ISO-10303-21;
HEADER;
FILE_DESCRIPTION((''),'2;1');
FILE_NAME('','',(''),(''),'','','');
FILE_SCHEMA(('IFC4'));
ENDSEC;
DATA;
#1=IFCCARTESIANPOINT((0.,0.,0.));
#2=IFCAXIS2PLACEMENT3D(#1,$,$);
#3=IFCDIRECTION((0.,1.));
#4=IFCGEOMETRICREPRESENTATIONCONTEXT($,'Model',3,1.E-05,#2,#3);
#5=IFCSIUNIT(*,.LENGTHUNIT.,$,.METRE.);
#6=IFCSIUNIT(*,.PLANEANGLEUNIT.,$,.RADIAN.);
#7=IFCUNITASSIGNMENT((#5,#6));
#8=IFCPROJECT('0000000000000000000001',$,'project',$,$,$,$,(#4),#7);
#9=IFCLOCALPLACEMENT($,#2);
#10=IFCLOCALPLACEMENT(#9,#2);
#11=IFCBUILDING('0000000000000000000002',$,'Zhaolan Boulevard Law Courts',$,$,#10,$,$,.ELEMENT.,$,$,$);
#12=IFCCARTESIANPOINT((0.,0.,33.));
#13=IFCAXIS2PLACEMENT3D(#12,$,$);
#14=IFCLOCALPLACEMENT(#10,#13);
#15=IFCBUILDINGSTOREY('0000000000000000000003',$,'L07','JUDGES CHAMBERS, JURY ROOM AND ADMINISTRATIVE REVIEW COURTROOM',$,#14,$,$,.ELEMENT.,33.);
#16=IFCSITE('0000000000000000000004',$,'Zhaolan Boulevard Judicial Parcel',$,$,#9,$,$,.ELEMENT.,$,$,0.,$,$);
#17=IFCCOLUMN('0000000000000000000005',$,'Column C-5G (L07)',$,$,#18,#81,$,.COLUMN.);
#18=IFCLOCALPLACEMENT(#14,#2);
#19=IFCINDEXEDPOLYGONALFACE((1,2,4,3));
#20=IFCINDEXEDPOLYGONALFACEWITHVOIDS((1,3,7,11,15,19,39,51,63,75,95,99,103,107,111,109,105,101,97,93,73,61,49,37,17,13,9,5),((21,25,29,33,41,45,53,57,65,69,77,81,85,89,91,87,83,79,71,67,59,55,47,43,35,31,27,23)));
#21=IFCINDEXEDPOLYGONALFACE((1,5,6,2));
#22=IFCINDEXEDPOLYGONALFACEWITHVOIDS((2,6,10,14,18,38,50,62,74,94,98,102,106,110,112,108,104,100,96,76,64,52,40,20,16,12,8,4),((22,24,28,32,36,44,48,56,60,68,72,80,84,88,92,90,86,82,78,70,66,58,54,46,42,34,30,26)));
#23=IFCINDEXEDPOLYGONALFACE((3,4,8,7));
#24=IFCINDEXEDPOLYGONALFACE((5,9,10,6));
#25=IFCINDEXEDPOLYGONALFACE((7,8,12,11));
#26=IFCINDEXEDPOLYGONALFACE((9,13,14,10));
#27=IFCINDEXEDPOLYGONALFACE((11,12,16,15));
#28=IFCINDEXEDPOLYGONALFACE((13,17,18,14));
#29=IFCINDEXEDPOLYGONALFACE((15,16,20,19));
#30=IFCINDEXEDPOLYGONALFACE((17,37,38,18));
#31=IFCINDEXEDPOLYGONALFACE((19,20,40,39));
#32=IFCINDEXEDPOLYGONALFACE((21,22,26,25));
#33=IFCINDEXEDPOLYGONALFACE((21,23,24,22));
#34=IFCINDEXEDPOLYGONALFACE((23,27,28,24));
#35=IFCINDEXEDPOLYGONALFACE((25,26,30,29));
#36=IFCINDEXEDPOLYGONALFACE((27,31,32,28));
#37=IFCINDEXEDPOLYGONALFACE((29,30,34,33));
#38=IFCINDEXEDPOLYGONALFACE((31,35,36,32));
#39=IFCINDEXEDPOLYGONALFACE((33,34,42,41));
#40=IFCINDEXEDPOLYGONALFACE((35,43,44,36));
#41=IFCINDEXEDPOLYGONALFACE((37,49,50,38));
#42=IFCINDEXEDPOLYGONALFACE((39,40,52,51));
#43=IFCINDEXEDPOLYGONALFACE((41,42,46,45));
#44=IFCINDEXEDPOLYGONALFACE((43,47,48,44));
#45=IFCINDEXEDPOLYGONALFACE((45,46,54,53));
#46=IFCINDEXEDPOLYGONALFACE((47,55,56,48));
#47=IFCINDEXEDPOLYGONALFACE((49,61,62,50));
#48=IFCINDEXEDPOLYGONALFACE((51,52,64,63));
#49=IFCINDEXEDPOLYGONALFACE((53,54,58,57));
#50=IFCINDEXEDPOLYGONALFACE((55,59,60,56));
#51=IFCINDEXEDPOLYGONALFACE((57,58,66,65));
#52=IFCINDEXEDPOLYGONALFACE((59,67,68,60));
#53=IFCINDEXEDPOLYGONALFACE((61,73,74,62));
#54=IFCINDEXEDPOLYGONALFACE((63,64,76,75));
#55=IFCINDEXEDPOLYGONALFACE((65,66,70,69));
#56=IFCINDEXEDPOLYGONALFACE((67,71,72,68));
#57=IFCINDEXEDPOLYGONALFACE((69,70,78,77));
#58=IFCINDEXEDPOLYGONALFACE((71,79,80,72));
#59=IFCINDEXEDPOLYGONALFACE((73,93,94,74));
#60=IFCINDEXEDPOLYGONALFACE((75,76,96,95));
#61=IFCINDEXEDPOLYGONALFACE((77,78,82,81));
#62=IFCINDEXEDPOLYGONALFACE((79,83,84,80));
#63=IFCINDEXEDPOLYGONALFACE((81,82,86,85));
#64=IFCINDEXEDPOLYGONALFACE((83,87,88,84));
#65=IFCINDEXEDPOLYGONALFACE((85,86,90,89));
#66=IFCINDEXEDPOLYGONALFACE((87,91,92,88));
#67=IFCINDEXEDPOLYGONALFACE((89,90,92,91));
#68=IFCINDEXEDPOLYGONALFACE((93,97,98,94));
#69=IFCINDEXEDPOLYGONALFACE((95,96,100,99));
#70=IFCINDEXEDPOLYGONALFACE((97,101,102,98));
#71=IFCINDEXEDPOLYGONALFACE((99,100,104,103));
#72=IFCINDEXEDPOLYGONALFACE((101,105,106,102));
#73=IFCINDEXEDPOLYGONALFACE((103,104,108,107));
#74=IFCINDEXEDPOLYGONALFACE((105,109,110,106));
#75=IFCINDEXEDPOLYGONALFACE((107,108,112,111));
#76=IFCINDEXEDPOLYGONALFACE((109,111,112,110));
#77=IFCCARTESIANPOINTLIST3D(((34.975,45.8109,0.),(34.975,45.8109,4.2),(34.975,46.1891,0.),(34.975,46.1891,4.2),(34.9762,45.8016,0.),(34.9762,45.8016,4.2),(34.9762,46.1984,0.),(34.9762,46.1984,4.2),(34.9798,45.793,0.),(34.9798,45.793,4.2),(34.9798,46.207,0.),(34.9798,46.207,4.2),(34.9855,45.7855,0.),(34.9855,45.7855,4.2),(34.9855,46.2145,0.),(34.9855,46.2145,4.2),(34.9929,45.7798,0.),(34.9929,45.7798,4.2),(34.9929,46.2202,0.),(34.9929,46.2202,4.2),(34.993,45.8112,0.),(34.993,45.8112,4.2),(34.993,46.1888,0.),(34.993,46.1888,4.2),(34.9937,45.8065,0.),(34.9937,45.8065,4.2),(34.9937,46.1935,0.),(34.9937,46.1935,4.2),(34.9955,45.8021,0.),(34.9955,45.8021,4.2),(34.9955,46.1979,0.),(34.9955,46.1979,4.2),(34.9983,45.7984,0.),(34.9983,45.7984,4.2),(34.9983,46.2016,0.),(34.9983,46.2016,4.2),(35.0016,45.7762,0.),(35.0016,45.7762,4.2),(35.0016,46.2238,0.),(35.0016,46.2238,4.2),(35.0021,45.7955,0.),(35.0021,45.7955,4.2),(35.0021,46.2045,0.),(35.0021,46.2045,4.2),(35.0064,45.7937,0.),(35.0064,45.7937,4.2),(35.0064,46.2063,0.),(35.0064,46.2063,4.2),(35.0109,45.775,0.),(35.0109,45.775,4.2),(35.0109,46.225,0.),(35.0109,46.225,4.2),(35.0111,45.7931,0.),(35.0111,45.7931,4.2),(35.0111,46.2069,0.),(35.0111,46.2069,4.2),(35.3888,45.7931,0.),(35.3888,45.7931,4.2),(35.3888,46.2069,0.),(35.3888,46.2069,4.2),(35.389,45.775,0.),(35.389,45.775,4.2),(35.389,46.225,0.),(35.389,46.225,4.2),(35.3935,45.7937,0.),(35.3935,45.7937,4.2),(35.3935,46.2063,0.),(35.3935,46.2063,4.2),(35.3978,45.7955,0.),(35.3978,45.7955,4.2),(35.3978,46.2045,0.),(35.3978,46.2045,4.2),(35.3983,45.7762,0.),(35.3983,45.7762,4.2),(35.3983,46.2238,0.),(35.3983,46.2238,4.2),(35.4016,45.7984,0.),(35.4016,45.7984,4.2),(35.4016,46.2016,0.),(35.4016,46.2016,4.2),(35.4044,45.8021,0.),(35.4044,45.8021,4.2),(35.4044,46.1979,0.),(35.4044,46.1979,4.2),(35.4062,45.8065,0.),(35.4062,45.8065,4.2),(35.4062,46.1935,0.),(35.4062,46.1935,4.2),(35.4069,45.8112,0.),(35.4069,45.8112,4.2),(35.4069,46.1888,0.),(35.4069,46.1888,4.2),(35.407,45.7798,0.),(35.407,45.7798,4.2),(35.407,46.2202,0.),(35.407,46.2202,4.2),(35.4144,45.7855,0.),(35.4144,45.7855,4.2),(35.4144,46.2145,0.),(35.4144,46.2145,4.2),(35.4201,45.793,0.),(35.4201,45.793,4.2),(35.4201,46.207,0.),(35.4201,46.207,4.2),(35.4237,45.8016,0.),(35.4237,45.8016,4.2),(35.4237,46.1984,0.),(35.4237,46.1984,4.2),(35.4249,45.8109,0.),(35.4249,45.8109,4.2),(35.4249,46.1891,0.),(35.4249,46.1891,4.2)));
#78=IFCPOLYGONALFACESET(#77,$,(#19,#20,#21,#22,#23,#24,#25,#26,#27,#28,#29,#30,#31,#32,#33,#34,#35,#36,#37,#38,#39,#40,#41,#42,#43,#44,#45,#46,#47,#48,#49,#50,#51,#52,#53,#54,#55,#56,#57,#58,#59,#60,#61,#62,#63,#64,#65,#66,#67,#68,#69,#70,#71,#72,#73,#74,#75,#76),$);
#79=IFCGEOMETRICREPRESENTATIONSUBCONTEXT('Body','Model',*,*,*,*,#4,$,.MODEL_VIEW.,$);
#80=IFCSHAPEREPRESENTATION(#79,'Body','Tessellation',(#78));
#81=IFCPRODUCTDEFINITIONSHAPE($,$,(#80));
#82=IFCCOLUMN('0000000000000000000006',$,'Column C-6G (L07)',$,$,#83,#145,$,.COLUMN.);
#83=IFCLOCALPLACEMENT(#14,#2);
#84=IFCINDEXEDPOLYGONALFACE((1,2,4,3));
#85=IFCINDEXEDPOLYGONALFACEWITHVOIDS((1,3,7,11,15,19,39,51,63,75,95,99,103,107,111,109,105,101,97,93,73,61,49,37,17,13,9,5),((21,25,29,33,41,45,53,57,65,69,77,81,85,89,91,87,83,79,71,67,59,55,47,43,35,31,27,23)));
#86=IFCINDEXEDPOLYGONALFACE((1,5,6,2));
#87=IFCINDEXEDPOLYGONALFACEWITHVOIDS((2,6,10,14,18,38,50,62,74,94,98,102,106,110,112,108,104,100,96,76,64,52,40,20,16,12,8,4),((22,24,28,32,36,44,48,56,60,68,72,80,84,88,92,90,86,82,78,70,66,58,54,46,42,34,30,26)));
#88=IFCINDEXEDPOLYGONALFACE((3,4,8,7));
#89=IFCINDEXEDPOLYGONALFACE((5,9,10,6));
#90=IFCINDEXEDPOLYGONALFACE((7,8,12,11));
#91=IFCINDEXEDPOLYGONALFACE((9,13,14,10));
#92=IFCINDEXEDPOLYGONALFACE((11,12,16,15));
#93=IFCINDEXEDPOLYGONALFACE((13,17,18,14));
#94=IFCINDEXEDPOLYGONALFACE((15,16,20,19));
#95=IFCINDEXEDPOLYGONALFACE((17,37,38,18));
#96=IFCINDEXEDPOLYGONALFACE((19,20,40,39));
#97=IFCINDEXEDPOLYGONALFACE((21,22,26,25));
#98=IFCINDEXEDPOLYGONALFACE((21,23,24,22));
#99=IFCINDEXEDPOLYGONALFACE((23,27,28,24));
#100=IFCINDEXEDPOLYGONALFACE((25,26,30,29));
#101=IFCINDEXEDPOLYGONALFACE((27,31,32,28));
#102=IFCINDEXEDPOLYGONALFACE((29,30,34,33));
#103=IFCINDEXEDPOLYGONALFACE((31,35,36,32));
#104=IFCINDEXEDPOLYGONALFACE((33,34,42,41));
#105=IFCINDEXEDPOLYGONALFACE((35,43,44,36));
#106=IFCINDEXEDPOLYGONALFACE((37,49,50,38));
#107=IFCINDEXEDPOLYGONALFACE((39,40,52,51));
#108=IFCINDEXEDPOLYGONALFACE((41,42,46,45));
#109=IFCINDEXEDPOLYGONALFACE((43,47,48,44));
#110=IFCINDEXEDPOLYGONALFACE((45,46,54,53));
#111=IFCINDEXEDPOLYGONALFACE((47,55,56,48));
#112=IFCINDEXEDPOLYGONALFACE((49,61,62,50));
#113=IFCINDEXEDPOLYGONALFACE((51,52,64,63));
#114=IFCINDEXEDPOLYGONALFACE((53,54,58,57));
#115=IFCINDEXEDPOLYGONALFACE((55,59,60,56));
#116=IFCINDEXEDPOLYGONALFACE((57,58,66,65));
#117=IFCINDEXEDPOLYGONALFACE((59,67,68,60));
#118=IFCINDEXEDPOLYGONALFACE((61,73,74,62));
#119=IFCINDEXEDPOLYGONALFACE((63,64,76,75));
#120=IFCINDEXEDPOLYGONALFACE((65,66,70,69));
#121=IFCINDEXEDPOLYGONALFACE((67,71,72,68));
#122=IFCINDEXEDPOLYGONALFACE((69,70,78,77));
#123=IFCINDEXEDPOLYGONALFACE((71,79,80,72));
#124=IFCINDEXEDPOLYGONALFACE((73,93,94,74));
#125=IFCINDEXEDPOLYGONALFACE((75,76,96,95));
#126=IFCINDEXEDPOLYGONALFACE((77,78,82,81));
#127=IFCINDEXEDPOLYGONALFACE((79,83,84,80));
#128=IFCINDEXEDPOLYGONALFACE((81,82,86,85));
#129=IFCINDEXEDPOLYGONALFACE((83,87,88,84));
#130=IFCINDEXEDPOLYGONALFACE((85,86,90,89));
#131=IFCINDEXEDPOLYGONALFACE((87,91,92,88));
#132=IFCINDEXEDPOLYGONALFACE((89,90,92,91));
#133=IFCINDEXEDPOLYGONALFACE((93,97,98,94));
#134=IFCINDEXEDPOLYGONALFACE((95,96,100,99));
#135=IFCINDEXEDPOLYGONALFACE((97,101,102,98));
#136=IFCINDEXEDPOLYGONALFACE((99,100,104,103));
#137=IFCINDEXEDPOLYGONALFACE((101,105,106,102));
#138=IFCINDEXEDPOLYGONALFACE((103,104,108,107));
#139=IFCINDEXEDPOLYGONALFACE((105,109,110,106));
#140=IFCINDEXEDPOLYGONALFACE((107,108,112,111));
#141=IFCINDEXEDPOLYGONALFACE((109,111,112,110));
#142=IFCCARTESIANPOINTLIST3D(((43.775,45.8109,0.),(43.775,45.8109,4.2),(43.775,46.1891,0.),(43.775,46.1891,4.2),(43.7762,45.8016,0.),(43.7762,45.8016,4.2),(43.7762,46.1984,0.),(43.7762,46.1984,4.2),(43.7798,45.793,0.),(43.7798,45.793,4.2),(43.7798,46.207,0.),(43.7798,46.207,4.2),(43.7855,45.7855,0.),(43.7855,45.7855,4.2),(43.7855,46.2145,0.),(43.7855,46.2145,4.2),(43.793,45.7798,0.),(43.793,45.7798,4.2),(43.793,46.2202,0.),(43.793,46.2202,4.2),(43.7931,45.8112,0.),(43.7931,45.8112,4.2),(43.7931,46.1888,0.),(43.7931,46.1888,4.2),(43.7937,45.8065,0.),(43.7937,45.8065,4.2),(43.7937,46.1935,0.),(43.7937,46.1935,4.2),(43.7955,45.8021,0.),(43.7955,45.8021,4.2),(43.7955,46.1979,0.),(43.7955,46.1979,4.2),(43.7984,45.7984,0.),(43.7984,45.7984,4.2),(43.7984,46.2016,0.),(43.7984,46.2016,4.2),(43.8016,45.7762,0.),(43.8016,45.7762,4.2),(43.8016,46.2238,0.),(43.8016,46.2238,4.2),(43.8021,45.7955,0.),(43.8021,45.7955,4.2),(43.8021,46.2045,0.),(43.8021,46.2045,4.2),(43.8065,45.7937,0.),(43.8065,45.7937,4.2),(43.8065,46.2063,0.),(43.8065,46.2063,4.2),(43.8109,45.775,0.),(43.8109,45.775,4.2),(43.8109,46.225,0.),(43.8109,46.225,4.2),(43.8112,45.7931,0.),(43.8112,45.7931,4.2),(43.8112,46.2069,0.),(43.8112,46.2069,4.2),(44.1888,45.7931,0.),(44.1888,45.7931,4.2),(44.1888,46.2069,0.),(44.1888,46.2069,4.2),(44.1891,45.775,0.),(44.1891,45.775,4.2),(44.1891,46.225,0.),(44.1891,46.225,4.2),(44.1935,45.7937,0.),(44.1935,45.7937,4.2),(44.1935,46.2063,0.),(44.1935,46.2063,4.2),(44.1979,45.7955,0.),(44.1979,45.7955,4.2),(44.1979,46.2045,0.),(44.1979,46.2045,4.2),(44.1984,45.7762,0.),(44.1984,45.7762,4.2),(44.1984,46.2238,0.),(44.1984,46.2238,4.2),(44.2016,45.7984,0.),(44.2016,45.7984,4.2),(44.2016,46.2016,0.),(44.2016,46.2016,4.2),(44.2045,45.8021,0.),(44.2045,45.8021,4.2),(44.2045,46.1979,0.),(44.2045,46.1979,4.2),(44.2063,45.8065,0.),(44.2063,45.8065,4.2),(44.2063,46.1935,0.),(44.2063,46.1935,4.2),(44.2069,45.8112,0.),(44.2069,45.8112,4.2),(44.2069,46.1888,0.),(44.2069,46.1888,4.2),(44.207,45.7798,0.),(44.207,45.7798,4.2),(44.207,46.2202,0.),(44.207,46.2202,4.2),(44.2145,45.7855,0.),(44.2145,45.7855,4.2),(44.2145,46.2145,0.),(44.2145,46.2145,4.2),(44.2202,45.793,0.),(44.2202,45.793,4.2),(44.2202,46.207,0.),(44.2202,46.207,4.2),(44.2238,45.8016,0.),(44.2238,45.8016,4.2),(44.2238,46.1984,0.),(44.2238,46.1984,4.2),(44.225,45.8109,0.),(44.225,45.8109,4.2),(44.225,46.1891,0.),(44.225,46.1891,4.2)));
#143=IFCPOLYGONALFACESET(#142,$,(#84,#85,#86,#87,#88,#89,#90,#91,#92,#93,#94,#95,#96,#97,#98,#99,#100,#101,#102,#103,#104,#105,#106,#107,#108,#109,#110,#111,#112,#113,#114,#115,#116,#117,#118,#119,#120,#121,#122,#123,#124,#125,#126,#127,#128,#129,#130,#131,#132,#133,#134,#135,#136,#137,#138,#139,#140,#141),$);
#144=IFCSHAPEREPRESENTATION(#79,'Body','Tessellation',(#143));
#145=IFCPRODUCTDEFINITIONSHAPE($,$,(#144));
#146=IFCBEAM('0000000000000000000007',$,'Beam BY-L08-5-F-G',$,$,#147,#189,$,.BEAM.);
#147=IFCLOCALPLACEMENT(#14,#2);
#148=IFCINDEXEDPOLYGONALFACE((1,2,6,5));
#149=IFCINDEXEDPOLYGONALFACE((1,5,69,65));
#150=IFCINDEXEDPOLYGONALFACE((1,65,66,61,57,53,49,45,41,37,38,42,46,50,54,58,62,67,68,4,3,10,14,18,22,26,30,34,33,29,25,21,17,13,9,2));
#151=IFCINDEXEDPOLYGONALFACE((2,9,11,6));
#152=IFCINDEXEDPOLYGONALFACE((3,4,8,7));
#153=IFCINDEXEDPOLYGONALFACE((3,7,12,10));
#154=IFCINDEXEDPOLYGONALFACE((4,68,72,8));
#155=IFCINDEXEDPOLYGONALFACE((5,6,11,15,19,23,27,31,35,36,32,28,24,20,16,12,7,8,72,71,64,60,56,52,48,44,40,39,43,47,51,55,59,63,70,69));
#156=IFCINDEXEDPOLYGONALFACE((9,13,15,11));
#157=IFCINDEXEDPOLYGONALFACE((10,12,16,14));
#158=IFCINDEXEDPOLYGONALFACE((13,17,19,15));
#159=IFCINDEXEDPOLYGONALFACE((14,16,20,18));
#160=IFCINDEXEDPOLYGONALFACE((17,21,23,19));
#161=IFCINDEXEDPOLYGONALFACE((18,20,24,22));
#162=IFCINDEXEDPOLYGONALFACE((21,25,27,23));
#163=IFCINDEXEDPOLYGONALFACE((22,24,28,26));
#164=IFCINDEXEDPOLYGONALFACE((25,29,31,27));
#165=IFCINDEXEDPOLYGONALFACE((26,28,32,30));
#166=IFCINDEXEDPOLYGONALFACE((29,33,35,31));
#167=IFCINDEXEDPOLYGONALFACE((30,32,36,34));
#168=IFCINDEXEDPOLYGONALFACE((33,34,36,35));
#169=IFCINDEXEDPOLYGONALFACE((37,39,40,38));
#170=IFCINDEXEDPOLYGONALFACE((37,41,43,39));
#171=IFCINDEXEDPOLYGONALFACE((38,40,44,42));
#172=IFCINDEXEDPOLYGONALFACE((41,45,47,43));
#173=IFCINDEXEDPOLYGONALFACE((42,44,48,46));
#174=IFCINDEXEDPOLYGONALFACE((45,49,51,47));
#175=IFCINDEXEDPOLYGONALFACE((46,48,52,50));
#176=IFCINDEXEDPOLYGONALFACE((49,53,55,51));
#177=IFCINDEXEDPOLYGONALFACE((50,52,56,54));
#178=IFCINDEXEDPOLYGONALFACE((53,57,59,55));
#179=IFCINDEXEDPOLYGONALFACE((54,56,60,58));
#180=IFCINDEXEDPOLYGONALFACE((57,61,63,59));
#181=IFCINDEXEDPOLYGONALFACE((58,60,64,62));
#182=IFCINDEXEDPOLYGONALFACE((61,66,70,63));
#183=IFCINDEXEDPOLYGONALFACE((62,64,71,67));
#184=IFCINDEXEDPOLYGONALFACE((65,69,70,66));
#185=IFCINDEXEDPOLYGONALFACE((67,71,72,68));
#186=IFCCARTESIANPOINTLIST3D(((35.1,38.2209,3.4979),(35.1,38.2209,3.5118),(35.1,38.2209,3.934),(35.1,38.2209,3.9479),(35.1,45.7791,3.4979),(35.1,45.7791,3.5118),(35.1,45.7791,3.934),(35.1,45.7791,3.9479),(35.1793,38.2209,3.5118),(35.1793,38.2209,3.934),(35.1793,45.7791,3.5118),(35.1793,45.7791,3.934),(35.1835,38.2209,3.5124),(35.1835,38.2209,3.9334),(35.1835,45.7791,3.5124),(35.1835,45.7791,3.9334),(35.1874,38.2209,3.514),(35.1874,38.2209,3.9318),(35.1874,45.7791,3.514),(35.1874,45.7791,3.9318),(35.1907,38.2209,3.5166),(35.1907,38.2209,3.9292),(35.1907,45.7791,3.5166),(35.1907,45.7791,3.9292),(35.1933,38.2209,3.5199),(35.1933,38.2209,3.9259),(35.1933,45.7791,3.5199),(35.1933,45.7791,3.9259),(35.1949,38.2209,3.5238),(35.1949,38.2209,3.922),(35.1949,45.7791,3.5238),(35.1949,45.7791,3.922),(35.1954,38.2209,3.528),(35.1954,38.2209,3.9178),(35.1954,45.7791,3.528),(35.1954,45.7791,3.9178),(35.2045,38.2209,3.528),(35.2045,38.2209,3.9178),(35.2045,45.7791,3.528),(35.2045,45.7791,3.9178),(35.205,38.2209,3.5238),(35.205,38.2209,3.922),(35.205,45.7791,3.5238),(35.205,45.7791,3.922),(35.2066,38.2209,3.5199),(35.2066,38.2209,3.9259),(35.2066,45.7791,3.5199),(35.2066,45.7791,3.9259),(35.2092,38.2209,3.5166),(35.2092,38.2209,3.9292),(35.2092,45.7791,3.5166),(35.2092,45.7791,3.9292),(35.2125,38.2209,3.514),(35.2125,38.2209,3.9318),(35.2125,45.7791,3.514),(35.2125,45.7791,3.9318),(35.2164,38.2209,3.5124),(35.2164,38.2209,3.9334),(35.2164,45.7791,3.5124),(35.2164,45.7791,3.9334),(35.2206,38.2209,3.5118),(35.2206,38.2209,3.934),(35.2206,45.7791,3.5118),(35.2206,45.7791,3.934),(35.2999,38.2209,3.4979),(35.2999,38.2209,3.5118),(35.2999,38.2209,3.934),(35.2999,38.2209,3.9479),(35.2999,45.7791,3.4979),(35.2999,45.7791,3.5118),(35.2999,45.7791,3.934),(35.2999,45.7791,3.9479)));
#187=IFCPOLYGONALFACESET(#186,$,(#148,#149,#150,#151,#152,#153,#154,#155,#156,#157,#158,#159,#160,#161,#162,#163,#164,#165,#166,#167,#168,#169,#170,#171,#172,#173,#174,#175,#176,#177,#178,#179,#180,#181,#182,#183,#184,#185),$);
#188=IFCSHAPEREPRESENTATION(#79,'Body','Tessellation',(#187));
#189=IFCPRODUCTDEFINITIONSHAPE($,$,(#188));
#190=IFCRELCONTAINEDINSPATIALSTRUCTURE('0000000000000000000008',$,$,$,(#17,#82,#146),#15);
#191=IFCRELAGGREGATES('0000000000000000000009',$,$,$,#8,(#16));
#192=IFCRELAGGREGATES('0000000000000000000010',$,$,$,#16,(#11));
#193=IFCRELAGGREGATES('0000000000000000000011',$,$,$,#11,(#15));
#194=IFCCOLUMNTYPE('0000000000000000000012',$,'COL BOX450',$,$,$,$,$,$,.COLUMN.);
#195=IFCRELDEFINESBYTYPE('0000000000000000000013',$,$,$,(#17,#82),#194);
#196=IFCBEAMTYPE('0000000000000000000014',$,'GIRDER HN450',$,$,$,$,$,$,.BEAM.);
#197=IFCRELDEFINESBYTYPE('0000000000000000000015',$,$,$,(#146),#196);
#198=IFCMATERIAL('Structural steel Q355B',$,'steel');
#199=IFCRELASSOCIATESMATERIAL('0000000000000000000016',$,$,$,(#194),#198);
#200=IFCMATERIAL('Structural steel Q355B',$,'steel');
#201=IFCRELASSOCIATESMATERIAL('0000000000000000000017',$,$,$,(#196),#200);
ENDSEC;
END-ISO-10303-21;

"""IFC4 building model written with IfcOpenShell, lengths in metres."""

from ifc_helpers import new_model, si_unit, direction, frame, origin, origin_2d, place, context, subcontext, project, spatial, hollow_rectangle, i_section, extrude, material, material_profile, profile_set, type_object, element, save


model = new_model("IFC4")

# Units and contexts
model_context = context("Model", 3, precision=1e-05, world=origin(), true_north=direction((0.0, 1.0)))
body_context = subcontext(model_context, "Body", "Model", "MODEL_VIEW")
ifc_project = project(units=[si_unit("LENGTHUNIT", "METRE"), si_unit("PLANEANGLEUNIT", "RADIAN")], contexts=[model_context])

# Site, building, storey
site_placement = place(None, origin())
site = spatial("IfcSite", under=ifc_project, at=site_placement, Name="Zhaolan Boulevard Judicial Parcel", CompositionType="ELEMENT", RefElevation=0.0)
building_placement = place(site_placement, origin())
building = spatial("IfcBuilding", under=site, at=building_placement, Name="Zhaolan Boulevard Law Courts", CompositionType="ELEMENT")
storey_placement = place(building_placement, frame((0.0, 0.0, 33.0)))
storey = spatial("IfcBuildingStorey", under=building, at=storey_placement, Name="L07", Description="JUDGES CHAMBERS, JURY ROOM AND ADMINISTRATIVE REVIEW COURTROOM", CompositionType="ELEMENT", Elevation=33.0)

# Columns
ifc_material_1 = material(Name="Structural steel Q355B", Category="steel")
ifc_material_profile_1 = material_profile(ifc_material_1, hollow_rectangle(XDim=0.45, YDim=0.45, WallThickness=0.0181, InnerFilletRadius=0.0181, OuterFilletRadius=0.0359, at=origin_2d()), Name="BOX450x450x18")
ifc_profile_set_1 = profile_set([ifc_material_profile_1], Name="Structural steel Q355B")
column_type = type_object("IfcColumnType", Name="COL BOX450", PredefinedType="COLUMN", material=ifc_profile_set_1)
for number, where, z_axis, x_axis, name in (
    (1, (35.2, 46.0, 0.0), (0.0, 0.0, 1.0), (1.0, 0.0, 0.0), "Column C-5G (L07)"),
    (2, (44.0, 46.0, 0.0), (0.0, 0.0, 1.0), (1.0, 0.0, 0.0), "Column C-6G (L07)"),
):
    element("IfcColumn", number, at=place(storey_placement, frame(where, z_axis=z_axis, x_axis=x_axis)), inside=storey, type_object=column_type, Name=name, PredefinedType="COLUMN", context=body_context, shape_type="SweptSolid", body=[
        extrude(hollow_rectangle(XDim=0.45, YDim=0.45, WallThickness=0.0181, InnerFilletRadius=0.0181, OuterFilletRadius=0.0359, at=origin_2d()), origin(), (0.0, 0.0, 1.0), 4.2),
    ])

# Beam
ifc_material_2 = material(Name="Structural steel Q355B", Category="steel")
ifc_material_profile_2 = material_profile(ifc_material_2, i_section(OverallWidth=0.2, OverallDepth=0.45, WebThickness=0.009, FlangeThickness=0.0139, FilletRadius=0.0161, at=origin_2d()), Name="HN450x200")
ifc_profile_set_2 = profile_set([ifc_material_profile_2], Name="Structural steel Q355B")
beam_type_1 = type_object("IfcBeamType", Name="GIRDER HN450", PredefinedType="BEAM", material=ifc_profile_set_2)
for number, where, z_axis, x_axis, name in (
    (3, (35.2, 38.2209, 3.7229), (0.0, 1.0, 0.0), (-1.0, 0.0, 0.0), "Beam BY-L08-5-F-G"),
):
    element("IfcBeam", number, at=place(storey_placement, frame(where, z_axis=z_axis, x_axis=x_axis)), inside=storey, type_object=beam_type_1, Name=name, PredefinedType="BEAM", context=body_context, shape_type="SweptSolid", body=[
        extrude(i_section(OverallWidth=0.2, OverallDepth=0.45, WebThickness=0.009, FlangeThickness=0.0139, FilletRadius=0.0161, at=origin_2d()), origin(), (0.0, 0.0, 1.0), 7.5581),
    ])

save(model, "model.ifc")
